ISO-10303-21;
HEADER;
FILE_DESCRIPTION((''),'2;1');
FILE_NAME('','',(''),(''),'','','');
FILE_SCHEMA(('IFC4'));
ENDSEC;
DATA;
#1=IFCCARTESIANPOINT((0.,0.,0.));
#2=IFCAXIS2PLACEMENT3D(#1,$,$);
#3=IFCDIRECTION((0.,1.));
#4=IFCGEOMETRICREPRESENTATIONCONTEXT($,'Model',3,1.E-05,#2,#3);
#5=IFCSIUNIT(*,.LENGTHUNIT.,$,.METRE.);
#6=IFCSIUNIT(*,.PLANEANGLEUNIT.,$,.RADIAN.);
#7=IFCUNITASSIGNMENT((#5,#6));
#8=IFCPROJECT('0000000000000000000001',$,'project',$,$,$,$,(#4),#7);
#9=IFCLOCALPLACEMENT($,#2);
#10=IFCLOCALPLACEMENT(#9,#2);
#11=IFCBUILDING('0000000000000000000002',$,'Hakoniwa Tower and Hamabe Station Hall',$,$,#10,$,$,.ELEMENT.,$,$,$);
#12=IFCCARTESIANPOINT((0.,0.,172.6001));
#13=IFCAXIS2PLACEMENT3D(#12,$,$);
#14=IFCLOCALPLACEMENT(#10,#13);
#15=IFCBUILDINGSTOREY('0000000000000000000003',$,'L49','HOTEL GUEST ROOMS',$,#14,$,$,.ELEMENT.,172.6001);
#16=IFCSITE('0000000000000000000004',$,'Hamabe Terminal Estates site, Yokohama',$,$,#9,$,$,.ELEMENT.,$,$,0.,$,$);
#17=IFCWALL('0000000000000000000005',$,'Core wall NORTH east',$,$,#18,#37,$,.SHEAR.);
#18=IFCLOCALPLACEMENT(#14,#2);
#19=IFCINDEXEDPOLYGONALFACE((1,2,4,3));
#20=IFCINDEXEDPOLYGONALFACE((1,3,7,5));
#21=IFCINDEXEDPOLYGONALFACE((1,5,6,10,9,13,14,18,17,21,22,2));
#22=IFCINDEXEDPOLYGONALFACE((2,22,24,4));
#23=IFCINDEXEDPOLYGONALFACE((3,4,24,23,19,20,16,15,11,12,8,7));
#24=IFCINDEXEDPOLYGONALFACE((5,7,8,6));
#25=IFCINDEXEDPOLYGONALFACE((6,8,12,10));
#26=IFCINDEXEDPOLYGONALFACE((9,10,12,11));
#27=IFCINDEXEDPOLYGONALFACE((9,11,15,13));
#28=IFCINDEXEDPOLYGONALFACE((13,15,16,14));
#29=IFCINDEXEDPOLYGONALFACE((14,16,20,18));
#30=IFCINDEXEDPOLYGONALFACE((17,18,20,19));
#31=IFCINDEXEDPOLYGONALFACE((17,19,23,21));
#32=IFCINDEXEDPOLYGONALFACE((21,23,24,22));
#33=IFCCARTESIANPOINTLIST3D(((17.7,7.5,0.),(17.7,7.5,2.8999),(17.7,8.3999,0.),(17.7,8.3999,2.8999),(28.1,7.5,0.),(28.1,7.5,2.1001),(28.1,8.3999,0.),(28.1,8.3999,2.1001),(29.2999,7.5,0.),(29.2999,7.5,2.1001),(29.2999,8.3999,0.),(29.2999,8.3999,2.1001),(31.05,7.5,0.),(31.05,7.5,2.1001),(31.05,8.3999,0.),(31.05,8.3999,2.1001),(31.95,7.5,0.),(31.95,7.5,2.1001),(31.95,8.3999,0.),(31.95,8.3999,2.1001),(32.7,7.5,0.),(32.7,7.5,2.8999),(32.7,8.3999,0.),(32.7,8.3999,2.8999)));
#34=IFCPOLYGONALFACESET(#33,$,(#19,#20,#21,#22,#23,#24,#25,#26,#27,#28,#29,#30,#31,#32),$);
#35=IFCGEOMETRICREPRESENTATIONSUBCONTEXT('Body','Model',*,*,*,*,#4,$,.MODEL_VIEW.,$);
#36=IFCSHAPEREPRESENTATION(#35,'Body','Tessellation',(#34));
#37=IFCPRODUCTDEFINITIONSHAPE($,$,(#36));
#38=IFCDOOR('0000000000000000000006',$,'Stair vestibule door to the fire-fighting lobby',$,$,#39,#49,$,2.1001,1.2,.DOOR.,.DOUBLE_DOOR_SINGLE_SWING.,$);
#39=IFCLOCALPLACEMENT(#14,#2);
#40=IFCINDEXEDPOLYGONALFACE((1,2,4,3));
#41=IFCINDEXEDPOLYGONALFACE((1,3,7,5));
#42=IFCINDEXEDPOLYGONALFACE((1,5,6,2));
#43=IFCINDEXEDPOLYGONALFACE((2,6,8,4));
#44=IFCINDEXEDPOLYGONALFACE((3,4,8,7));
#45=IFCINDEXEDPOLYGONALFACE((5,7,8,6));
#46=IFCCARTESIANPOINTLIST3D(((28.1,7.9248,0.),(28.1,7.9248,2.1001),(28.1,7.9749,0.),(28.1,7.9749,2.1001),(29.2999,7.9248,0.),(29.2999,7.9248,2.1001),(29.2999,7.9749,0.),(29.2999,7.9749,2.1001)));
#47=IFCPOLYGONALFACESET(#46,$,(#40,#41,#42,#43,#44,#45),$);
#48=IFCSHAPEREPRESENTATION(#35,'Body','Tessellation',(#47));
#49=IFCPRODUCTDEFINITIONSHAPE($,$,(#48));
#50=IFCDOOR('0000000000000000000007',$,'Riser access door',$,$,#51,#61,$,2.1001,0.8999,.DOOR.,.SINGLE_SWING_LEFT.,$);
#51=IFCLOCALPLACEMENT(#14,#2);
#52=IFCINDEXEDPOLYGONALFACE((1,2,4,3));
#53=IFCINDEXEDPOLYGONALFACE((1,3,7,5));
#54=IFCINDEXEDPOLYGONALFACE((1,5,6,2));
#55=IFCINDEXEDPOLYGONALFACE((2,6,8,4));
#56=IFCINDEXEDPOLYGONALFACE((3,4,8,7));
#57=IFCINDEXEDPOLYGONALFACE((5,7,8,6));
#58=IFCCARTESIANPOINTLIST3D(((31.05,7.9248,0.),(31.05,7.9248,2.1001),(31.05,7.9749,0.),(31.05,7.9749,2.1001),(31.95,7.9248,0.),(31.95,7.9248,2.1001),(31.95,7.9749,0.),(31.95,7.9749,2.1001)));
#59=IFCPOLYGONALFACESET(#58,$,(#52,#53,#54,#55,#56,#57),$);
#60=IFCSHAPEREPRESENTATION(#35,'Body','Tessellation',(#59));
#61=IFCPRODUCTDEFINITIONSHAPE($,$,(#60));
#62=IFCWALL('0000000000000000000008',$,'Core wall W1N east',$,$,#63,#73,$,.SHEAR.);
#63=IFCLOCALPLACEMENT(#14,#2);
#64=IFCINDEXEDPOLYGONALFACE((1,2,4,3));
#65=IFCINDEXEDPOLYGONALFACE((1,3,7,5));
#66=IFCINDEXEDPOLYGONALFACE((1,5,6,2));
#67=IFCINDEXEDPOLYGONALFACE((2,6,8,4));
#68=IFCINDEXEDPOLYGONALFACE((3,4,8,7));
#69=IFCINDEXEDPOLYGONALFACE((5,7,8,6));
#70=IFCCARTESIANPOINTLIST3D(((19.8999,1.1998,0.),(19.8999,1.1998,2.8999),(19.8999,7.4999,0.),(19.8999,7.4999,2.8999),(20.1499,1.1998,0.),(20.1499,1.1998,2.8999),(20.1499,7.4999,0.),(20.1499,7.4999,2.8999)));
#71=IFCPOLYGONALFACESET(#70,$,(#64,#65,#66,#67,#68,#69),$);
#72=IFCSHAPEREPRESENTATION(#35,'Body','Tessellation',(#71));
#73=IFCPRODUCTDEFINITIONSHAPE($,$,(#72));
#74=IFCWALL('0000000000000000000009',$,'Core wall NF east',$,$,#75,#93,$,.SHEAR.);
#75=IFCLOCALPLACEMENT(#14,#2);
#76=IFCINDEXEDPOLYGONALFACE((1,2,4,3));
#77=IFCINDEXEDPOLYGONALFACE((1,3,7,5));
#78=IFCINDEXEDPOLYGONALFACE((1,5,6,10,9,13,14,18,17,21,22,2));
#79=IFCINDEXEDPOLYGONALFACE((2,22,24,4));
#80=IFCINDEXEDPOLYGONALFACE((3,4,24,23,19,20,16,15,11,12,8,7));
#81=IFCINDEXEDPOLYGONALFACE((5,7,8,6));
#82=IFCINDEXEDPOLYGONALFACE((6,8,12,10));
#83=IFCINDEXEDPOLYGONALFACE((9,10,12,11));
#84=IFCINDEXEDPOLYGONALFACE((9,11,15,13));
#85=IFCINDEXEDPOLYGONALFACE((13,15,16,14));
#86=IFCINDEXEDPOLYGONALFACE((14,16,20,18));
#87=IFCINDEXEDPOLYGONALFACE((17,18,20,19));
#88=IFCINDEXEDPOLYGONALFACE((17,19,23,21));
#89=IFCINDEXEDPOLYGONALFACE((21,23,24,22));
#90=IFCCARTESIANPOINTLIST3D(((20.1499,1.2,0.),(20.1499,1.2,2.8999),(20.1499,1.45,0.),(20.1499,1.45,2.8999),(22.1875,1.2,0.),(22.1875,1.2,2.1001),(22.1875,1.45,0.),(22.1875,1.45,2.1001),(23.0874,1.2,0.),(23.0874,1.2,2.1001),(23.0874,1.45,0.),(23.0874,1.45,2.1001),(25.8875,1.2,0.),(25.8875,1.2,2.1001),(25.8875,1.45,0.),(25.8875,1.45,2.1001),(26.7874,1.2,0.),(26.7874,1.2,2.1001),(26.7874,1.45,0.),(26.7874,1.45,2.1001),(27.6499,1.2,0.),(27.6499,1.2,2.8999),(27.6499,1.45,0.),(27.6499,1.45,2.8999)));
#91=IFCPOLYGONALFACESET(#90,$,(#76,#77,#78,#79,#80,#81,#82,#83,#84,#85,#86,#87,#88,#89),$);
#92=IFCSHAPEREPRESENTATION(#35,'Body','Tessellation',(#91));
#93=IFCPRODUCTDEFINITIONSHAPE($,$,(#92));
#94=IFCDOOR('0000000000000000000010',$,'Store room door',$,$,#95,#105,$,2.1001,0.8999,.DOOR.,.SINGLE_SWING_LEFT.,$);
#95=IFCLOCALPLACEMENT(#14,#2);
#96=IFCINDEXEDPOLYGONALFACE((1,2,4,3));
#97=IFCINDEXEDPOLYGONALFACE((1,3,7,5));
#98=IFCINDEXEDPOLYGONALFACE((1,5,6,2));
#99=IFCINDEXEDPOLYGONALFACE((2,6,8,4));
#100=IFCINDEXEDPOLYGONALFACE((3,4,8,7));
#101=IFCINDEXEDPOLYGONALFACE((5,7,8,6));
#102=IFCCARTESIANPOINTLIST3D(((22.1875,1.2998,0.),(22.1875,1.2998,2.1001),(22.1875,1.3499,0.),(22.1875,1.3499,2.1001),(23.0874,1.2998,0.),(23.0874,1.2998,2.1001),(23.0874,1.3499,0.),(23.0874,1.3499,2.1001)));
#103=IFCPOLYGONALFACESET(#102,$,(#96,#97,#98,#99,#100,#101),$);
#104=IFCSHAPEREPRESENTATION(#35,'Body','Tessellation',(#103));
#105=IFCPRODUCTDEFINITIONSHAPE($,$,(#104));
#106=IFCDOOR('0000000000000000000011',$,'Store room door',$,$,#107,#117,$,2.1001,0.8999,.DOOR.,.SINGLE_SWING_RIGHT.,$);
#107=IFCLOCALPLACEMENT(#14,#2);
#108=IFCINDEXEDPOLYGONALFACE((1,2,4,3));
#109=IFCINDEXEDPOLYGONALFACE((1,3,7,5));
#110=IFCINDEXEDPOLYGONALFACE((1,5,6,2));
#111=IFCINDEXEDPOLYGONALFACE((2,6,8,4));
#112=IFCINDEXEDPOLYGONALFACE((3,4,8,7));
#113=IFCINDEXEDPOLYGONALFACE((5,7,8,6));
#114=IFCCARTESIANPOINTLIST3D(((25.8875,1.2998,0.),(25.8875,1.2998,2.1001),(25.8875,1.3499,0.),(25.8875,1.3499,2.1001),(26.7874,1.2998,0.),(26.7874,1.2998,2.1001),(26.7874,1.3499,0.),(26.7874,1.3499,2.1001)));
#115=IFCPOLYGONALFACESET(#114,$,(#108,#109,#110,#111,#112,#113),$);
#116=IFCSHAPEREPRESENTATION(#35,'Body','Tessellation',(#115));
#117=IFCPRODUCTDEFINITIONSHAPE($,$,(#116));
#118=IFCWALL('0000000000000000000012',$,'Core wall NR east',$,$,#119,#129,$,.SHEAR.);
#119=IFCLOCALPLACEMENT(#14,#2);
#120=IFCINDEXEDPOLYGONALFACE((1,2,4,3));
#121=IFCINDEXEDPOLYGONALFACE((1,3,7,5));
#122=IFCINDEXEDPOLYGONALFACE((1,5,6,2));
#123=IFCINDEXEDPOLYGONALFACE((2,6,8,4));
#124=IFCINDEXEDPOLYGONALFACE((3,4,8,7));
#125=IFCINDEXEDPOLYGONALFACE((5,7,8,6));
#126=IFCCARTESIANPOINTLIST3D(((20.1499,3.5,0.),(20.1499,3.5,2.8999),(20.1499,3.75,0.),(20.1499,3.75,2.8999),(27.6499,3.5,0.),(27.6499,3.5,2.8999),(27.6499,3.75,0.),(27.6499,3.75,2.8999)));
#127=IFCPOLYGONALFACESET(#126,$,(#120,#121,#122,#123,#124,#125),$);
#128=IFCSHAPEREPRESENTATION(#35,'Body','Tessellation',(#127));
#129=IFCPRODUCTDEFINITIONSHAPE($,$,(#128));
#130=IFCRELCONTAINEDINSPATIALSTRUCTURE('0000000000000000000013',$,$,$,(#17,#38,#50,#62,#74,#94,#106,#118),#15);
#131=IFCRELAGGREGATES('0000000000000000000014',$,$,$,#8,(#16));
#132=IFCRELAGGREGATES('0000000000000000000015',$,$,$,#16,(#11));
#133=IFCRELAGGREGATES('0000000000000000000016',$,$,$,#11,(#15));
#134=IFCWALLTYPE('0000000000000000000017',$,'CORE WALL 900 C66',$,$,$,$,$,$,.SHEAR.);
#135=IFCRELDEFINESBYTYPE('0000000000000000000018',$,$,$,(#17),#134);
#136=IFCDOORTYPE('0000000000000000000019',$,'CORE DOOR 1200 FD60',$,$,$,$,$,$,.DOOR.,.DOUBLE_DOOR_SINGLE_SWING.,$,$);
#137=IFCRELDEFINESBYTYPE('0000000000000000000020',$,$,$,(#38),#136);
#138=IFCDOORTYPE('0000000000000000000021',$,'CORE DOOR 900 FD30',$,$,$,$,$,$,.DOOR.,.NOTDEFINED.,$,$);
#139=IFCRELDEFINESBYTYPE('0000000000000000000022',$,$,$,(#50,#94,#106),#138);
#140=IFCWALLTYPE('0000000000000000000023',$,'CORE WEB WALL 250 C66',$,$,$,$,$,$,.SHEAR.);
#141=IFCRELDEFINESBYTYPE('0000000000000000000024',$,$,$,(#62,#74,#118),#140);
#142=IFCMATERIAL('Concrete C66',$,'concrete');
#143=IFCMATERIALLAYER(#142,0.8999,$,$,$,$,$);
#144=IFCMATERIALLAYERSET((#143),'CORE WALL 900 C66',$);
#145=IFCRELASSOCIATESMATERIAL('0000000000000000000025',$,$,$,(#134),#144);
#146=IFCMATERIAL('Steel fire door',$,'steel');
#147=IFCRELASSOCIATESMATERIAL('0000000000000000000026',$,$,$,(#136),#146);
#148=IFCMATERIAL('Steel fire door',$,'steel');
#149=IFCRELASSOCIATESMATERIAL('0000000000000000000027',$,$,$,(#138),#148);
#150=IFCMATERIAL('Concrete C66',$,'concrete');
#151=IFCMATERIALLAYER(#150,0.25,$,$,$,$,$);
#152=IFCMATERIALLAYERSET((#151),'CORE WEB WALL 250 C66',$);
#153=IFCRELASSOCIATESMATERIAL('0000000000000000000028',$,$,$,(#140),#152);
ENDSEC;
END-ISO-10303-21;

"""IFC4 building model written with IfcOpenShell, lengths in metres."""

from ifc_helpers import new_model, si_unit, direction, frame, frame_2d, origin, place, context, subcontext, project, spatial, rectangle, extrude, material, layer, layer_set, type_object, element, fill, save


model = new_model("IFC4")

# Units and contexts
model_context = context("Model", 3, precision=1e-05, world=origin(), true_north=direction((0.0, 1.0)))
body_context = subcontext(model_context, "Body", "Model", "MODEL_VIEW")
ifc_project = project(units=[si_unit("LENGTHUNIT", "METRE"), si_unit("PLANEANGLEUNIT", "RADIAN")], contexts=[model_context])

# Site, building, storey
site_placement = place(None, origin())
site = spatial("IfcSite", under=ifc_project, at=site_placement, Name="Hamabe Terminal Estates site, Yokohama", CompositionType="ELEMENT", RefElevation=0.0)
building_placement = place(site_placement, origin())
building = spatial("IfcBuilding", under=site, at=building_placement, Name="Hakoniwa Tower and Hamabe Station Hall", CompositionType="ELEMENT")
storey_placement = place(building_placement, frame((0.0, 0.0, 172.6001)))
storey = spatial("IfcBuildingStorey", under=building, at=storey_placement, Name="L49", Description="HOTEL GUEST ROOMS", CompositionType="ELEMENT", Elevation=172.6001)

# Wall, openings, doors
ifc_material_1 = material(Name="Concrete C66", Category="concrete")
ifc_layer_1 = layer(ifc_material_1, 0.8999)
ifc_layer_set_1 = layer_set([ifc_layer_1], Name="CORE WALL 900 C66")
wall_type_1 = type_object("IfcWallType", Name="CORE WALL 900 C66", PredefinedType="SHEAR", material=ifc_layer_set_1)
wall_1_placement = place(storey_placement, frame((17.7, 7.95, 0.0), z_axis=(0.0, 0.0, 1.0), x_axis=(1.0, 0.0, 0.0)))
wall_1 = element("IfcWall", 1, at=wall_1_placement, inside=storey, type_object=wall_type_1, Name="Core wall NORTH east", PredefinedType="SHEAR", context=body_context, shape_type="SweptSolid", body=[
    extrude(rectangle(XDim=15.0, YDim=0.8999, at=frame_2d((7.5, 0.0))), origin(), (0.0, 0.0, 1.0), 2.8999),
])
opening_1_placement = place(wall_1_placement, frame((10.3999, 0.0, 0.0)))
opening_1 = element("IfcOpeningElement", 2, at=opening_1_placement, cuts=wall_1, PredefinedType="OPENING", context=body_context, shape_type="SweptSolid", body=[
    extrude(rectangle(XDim=1.2, YDim=2.1001, at=frame_2d((0.6001, 1.05))), frame((0.0, 0.46, 0.0), z_axis=(0.0, -1.0, 0.0), x_axis=(1.0, 0.0, 0.0)), (0.0, 0.0, 1.0), 0.9199),
])
opening_2_placement = place(wall_1_placement, frame((13.3501, 0.0, 0.0)))
opening_2 = element("IfcOpeningElement", 3, at=opening_2_placement, cuts=wall_1, PredefinedType="OPENING", context=body_context, shape_type="SweptSolid", body=[
    extrude(rectangle(XDim=0.8999, YDim=2.1001, at=frame_2d((0.45, 1.05))), frame((0.0, 0.46, 0.0), z_axis=(0.0, -1.0, 0.0), x_axis=(1.0, 0.0, 0.0)), (0.0, 0.0, 1.0), 0.9199),
])
ifc_material_2 = material(Name="Steel fire door", Category="steel")
door_type_1 = type_object("IfcDoorType", Name="CORE DOOR 1200 FD60", OperationType="DOUBLE_DOOR_SINGLE_SWING", PredefinedType="DOOR", material=ifc_material_2)
door_1_placement = place(opening_1_placement, origin())
door_1 = element("IfcDoor", 4, at=door_1_placement, inside=storey, type_object=door_type_1, Name="Stair vestibule door to the fire-fighting lobby", OperationType="DOUBLE_DOOR_SINGLE_SWING", OverallHeight=2.1001, OverallWidth=1.2, PredefinedType="DOOR", context=body_context, shape_type="SweptSolid", body=[
    extrude(rectangle(XDim=1.2, YDim=2.1001, at=frame_2d((0.6001, 1.05))), frame((0.0, 0.0249, 0.0), z_axis=(0.0, -1.0, 0.0), x_axis=(1.0, 0.0, 0.0)), (0.0, 0.0, 1.0), 0.05),
])
fill(opening_1, door_1)
ifc_material_3 = material(Name="Steel fire door", Category="steel")
door_type_2 = type_object("IfcDoorType", Name="CORE DOOR 900 FD30", OperationType="NOTDEFINED", PredefinedType="DOOR", material=ifc_material_3)
door_2_placement = place(opening_2_placement, origin())
door_2 = element("IfcDoor", 5, at=door_2_placement, inside=storey, type_object=door_type_2, Name="Riser access door", OperationType="SINGLE_SWING_LEFT", OverallHeight=2.1001, OverallWidth=0.8999, PredefinedType="DOOR", context=body_context, shape_type="SweptSolid", body=[
    extrude(rectangle(XDim=0.8999, YDim=2.1001, at=frame_2d((0.45, 1.05))), frame((0.0, 0.0249, 0.0), z_axis=(0.0, -1.0, 0.0), x_axis=(1.0, 0.0, 0.0)), (0.0, 0.0, 1.0), 0.05),
])
fill(opening_2, door_2)

# Wall
ifc_material_4 = material(Name="Concrete C66", Category="concrete")
ifc_layer_2 = layer(ifc_material_4, 0.25)
ifc_layer_set_2 = layer_set([ifc_layer_2], Name="CORE WEB WALL 250 C66")
wall_type_2 = type_object("IfcWallType", Name="CORE WEB WALL 250 C66", PredefinedType="SHEAR", material=ifc_layer_set_2)
wall_2_placement = place(storey_placement, frame((20.0249, 1.2, 0.0), z_axis=(0.0, 0.0, 1.0), x_axis=(0.0, 1.0, 0.0)))
element("IfcWall", 6, at=wall_2_placement, inside=storey, type_object=wall_type_2, Name="Core wall W1N east", PredefinedType="SHEAR", context=body_context, shape_type="SweptSolid", body=[
    extrude(rectangle(XDim=6.3, YDim=0.25, at=frame_2d((3.1499, 0.0))), origin(), (0.0, 0.0, 1.0), 2.8999),
])

# Wall, openings, doors
wall_3_placement = place(storey_placement, frame((20.1499, 1.325, 0.0), z_axis=(0.0, 0.0, 1.0), x_axis=(1.0, 0.0, 0.0)))
wall_3 = element("IfcWall", 7, at=wall_3_placement, inside=storey, type_object=wall_type_2, Name="Core wall NF east", PredefinedType="SHEAR", context=body_context, shape_type="SweptSolid", body=[
    extrude(rectangle(XDim=7.5, YDim=0.25, at=frame_2d((3.75, 0.0))), origin(), (0.0, 0.0, 1.0), 2.8999),
])
opening_3_placement = place(wall_3_placement, frame((2.0376, 0.0, 0.0)))
opening_3 = element("IfcOpeningElement", 8, at=opening_3_placement, cuts=wall_3, PredefinedType="OPENING", context=body_context, shape_type="SweptSolid", body=[
    extrude(rectangle(XDim=0.8999, YDim=2.1001, at=frame_2d((0.45, 1.05))), frame((0.0, 0.135, 0.0), z_axis=(0.0, -1.0, 0.0), x_axis=(1.0, 0.0, 0.0)), (0.0, 0.0, 1.0), 0.27),
])
opening_4_placement = place(wall_3_placement, frame((5.7375, 0.0, 0.0)))
opening_4 = element("IfcOpeningElement", 9, at=opening_4_placement, cuts=wall_3, PredefinedType="OPENING", context=body_context, shape_type="SweptSolid", body=[
    extrude(rectangle(XDim=0.8999, YDim=2.1001, at=frame_2d((0.45, 1.05))), frame((0.0, 0.135, 0.0), z_axis=(0.0, -1.0, 0.0), x_axis=(1.0, 0.0, 0.0)), (0.0, 0.0, 1.0), 0.27),
])
door_3_placement = place(opening_3_placement, origin())
door_3 = element("IfcDoor", 10, at=door_3_placement, inside=storey, type_object=door_type_2, Name="Store room door", OperationType="SINGLE_SWING_LEFT", OverallHeight=2.1001, OverallWidth=0.8999, PredefinedType="DOOR", context=body_context, shape_type="SweptSolid", body=[
    extrude(rectangle(XDim=0.8999, YDim=2.1001, at=frame_2d((0.45, 1.05))), frame((0.0, 0.0249, 0.0), z_axis=(0.0, -1.0, 0.0), x_axis=(1.0, 0.0, 0.0)), (0.0, 0.0, 1.0), 0.05),
])
fill(opening_3, door_3)
door_4_placement = place(opening_4_placement, origin())
door_4 = element("IfcDoor", 11, at=door_4_placement, inside=storey, type_object=door_type_2, Name="Store room door", OperationType="SINGLE_SWING_RIGHT", OverallHeight=2.1001, OverallWidth=0.8999, PredefinedType="DOOR", context=body_context, shape_type="SweptSolid", body=[
    extrude(rectangle(XDim=0.8999, YDim=2.1001, at=frame_2d((0.45, 1.05))), frame((0.0, 0.0249, 0.0), z_axis=(0.0, -1.0, 0.0), x_axis=(1.0, 0.0, 0.0)), (0.0, 0.0, 1.0), 0.05),
])
fill(opening_4, door_4)

# Wall
wall_4_placement = place(storey_placement, frame((20.1499, 3.625, 0.0), z_axis=(0.0, 0.0, 1.0), x_axis=(1.0, 0.0, 0.0)))
element("IfcWall", 12, at=wall_4_placement, inside=storey, type_object=wall_type_2, Name="Core wall NR east", PredefinedType="SHEAR", context=body_context, shape_type="SweptSolid", body=[
    extrude(rectangle(XDim=7.5, YDim=0.25, at=frame_2d((3.75, 0.0))), origin(), (0.0, 0.0, 1.0), 2.8999),
])

save(model, "model.ifc")
